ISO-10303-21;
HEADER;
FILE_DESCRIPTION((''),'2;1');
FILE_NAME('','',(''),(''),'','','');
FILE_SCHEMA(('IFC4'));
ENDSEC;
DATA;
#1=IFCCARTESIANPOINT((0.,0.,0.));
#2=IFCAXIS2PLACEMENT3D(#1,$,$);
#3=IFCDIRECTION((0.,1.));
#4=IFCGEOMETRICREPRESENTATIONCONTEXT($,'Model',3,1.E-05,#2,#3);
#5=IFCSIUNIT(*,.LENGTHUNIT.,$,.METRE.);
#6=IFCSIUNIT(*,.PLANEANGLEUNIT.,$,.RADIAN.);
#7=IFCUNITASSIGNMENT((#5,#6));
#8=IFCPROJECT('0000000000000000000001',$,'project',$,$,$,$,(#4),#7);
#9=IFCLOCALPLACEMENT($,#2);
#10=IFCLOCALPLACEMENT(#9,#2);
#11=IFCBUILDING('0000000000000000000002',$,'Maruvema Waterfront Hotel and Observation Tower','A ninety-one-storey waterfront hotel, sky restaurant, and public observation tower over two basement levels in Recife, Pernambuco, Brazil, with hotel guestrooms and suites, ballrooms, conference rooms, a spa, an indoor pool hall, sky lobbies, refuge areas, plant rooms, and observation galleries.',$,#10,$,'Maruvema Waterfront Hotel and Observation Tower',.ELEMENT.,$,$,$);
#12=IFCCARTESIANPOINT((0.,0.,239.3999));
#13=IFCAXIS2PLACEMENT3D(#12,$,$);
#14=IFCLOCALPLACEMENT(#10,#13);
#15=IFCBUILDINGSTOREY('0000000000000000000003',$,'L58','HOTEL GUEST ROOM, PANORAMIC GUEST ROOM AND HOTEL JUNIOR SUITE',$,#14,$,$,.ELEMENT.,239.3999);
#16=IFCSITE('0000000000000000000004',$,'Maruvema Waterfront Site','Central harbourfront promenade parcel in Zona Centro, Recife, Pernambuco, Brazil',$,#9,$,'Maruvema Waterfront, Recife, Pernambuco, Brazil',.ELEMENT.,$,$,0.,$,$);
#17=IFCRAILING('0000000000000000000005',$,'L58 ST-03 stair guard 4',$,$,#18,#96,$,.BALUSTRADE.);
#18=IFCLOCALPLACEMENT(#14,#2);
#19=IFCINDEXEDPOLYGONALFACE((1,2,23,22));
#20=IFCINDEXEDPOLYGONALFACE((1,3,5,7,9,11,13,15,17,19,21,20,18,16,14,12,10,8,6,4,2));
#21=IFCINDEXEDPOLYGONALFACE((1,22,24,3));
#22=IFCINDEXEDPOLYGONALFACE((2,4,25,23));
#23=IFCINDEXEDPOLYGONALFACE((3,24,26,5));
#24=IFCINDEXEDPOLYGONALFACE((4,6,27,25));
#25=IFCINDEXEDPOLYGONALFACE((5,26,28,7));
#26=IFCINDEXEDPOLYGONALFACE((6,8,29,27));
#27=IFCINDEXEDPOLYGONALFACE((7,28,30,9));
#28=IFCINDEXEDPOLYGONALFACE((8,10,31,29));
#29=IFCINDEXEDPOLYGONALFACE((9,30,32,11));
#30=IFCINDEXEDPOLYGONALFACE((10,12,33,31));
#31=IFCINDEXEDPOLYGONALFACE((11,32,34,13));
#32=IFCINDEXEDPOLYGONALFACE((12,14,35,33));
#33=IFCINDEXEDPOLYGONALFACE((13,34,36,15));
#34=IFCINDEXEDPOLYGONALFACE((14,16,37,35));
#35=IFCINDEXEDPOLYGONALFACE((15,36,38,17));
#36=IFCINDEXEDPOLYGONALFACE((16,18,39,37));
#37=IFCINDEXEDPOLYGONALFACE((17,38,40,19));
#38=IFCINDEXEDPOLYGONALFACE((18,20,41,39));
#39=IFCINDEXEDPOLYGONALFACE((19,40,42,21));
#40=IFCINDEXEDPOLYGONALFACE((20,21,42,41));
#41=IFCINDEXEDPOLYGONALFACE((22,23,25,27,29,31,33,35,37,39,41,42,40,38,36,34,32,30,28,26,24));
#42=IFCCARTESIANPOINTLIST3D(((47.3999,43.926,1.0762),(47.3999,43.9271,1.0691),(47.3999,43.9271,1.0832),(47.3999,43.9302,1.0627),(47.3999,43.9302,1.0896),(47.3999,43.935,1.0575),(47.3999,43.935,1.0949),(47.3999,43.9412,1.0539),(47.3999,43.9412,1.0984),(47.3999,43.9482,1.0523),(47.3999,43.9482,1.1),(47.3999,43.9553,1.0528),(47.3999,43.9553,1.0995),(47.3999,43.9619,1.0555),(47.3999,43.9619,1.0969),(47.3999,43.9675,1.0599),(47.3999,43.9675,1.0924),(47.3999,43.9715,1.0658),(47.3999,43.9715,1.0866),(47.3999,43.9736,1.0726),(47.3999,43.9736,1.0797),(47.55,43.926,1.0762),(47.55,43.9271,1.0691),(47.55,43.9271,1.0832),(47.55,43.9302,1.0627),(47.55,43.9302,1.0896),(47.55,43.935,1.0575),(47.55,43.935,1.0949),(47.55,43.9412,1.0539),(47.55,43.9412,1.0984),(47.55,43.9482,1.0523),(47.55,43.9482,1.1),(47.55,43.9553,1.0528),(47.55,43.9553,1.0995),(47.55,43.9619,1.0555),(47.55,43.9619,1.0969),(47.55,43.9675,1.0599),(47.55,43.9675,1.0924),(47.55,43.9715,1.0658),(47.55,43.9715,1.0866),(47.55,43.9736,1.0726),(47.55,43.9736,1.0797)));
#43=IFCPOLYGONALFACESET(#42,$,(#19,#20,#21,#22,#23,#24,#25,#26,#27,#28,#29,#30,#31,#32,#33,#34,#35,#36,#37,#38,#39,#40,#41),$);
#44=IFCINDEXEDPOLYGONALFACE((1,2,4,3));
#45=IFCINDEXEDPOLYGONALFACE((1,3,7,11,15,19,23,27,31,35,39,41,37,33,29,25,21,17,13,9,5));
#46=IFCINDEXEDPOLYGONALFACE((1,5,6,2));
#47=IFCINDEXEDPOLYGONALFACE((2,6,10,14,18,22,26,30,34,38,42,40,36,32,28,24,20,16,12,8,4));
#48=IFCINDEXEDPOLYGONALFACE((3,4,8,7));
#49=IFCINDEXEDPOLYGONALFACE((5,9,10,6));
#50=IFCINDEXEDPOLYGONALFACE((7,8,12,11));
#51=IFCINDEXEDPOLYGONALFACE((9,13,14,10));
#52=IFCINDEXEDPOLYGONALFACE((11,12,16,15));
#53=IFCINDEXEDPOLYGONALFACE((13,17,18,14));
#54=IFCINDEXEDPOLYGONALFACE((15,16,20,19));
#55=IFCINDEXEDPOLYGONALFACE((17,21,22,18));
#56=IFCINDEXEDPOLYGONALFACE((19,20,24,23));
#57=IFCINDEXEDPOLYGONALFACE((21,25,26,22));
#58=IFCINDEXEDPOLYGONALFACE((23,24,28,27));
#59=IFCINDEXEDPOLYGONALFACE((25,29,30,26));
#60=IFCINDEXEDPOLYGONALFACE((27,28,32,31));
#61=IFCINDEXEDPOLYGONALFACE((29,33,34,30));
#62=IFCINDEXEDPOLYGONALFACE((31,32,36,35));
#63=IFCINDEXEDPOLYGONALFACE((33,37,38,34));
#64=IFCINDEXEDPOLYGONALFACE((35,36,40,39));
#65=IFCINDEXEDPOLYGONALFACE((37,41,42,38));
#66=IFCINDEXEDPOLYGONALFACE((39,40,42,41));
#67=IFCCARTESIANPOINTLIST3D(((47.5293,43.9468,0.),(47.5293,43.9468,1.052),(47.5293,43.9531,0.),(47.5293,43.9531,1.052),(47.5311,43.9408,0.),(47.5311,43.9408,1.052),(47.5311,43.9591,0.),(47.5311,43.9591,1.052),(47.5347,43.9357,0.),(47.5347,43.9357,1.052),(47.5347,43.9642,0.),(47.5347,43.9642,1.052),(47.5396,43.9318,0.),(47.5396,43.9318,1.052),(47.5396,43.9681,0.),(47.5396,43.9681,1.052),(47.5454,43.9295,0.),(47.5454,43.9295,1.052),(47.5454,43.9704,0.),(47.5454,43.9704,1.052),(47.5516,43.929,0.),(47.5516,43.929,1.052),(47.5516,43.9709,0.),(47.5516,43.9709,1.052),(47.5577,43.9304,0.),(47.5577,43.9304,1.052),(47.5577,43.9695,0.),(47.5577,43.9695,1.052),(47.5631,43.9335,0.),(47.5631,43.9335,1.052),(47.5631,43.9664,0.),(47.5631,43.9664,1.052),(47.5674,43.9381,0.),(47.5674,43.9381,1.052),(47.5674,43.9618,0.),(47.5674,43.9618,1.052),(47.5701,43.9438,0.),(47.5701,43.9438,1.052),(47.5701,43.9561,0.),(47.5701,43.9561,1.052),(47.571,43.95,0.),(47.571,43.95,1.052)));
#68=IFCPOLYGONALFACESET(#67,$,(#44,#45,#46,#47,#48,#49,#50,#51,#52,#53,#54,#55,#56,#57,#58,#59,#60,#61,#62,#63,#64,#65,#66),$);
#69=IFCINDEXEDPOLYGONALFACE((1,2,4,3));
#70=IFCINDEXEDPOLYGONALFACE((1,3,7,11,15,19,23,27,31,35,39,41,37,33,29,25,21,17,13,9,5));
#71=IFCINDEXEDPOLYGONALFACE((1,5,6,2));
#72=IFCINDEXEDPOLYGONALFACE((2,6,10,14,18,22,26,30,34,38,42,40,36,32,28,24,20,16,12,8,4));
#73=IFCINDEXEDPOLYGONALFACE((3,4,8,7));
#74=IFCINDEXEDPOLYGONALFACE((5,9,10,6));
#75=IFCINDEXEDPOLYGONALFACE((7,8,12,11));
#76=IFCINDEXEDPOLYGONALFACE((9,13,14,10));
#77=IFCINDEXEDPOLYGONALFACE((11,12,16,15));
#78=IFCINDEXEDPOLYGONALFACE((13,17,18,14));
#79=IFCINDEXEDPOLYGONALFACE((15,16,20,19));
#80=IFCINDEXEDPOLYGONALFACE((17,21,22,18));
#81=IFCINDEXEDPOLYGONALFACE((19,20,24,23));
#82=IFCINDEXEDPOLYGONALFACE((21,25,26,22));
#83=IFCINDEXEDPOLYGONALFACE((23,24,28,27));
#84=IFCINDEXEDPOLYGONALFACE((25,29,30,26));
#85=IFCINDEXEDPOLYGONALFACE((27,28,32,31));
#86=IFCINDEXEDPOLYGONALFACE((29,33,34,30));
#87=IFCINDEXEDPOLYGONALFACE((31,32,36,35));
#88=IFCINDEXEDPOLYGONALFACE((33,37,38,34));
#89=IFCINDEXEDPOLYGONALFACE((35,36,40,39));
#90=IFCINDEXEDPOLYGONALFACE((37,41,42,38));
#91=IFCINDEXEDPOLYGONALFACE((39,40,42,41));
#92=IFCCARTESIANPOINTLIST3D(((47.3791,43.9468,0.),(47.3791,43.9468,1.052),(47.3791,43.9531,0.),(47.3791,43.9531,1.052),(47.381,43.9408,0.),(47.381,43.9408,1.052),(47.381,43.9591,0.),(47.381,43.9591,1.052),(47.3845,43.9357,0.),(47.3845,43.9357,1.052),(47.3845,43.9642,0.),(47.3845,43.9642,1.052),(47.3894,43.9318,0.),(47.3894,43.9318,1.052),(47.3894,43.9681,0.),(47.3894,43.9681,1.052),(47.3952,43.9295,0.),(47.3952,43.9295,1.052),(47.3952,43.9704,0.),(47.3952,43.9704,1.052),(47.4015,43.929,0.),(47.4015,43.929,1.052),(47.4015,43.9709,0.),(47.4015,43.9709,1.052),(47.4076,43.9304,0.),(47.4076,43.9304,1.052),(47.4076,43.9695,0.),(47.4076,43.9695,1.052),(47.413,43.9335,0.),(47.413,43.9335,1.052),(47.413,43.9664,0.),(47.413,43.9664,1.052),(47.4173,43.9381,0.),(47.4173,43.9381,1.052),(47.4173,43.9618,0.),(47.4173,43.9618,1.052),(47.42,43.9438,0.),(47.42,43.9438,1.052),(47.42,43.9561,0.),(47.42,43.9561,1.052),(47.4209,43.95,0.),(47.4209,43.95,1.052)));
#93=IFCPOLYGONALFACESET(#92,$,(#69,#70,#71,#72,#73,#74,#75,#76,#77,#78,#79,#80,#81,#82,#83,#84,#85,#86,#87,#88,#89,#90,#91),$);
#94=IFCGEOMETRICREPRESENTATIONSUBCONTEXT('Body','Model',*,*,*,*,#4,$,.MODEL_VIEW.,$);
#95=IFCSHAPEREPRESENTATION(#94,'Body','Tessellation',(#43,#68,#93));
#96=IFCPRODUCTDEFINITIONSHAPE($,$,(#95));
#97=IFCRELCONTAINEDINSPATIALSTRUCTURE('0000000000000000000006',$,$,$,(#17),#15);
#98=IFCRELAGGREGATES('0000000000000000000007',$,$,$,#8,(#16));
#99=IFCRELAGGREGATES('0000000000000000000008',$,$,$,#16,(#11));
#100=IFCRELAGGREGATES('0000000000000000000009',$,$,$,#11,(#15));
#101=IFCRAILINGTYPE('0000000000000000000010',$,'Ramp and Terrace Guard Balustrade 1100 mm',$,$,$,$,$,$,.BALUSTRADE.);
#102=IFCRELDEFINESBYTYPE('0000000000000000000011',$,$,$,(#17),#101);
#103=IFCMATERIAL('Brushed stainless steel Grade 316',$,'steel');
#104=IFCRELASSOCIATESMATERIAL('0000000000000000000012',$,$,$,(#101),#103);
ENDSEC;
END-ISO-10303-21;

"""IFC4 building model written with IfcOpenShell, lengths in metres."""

from ifc_helpers import new_model, si_unit, direction, frame, origin, origin_2d, place, context, subcontext, project, spatial, circle, extrude, material, type_object, element, save


model = new_model("IFC4")

# Units and contexts
model_context = context("Model", 3, precision=1e-05, world=origin(), true_north=direction((0.0, 1.0)))
body_context = subcontext(model_context, "Body", "Model", "MODEL_VIEW")
ifc_project = project(units=[si_unit("LENGTHUNIT", "METRE"), si_unit("PLANEANGLEUNIT", "RADIAN")], contexts=[model_context])

# Site, building, storey
site_placement = place(None, origin())
site = spatial("IfcSite", under=ifc_project, at=site_placement, Name="Maruvema Waterfront Site", Description="Central harbourfront promenade parcel in Zona Centro, Recife, Pernambuco, Brazil", LongName="Maruvema Waterfront, Recife, Pernambuco, Brazil", CompositionType="ELEMENT", RefElevation=0.0)
building_placement = place(site_placement, origin())
building = spatial("IfcBuilding", under=site, at=building_placement, Name="Maruvema Waterfront Hotel and Observation Tower", Description="A ninety-one-storey waterfront hotel, sky restaurant, and public observation tower over two basement levels in Recife, Pernambuco, Brazil, with hotel guestrooms and suites, ballrooms, conference rooms, a spa, an indoor pool hall, sky lobbies, refuge areas, plant rooms, and observation galleries.", LongName="Maruvema Waterfront Hotel and Observation Tower", CompositionType="ELEMENT")
storey_placement = place(building_placement, frame((0.0, 0.0, 239.3999)))
storey = spatial("IfcBuildingStorey", under=building, at=storey_placement, Name="L58", Description="HOTEL GUEST ROOM, PANORAMIC GUEST ROOM AND HOTEL JUNIOR SUITE", CompositionType="ELEMENT", Elevation=239.3999)

# Railing
ifc_material_1 = material(Name="Brushed stainless steel Grade 316", Category="steel")
railing_type_1 = type_object("IfcRailingType", Name="Ramp and Terrace Guard Balustrade 1100 mm", PredefinedType="BALUSTRADE", material=ifc_material_1)
railing_1_placement = place(storey_placement, frame((47.55, 43.95, 0.0)))
element("IfcRailing", 1, at=railing_1_placement, inside=storey, type_object=railing_type_1, Name="L58 ST-03 stair guard 4", PredefinedType="BALUSTRADE", context=body_context, shape_type="SweptSolid", body=[
    extrude(circle(Radius=0.0239, at=origin_2d()), frame((0.0, 0.0, 1.0762), z_axis=(-1.0, 0.0, 0.0), x_axis=(0.0, -1.0, 0.0)), (0.0, 0.0, 1.0), 0.1501),
    extrude(circle(Radius=0.021, at=origin_2d()), origin(), (0.0, 0.0, 1.0), 1.052),
    extrude(circle(Radius=0.021, at=origin_2d()), frame((-0.1501, 0.0, 0.0)), (0.0, 0.0, 1.0), 1.052),
])

save(model, "model.ifc")
